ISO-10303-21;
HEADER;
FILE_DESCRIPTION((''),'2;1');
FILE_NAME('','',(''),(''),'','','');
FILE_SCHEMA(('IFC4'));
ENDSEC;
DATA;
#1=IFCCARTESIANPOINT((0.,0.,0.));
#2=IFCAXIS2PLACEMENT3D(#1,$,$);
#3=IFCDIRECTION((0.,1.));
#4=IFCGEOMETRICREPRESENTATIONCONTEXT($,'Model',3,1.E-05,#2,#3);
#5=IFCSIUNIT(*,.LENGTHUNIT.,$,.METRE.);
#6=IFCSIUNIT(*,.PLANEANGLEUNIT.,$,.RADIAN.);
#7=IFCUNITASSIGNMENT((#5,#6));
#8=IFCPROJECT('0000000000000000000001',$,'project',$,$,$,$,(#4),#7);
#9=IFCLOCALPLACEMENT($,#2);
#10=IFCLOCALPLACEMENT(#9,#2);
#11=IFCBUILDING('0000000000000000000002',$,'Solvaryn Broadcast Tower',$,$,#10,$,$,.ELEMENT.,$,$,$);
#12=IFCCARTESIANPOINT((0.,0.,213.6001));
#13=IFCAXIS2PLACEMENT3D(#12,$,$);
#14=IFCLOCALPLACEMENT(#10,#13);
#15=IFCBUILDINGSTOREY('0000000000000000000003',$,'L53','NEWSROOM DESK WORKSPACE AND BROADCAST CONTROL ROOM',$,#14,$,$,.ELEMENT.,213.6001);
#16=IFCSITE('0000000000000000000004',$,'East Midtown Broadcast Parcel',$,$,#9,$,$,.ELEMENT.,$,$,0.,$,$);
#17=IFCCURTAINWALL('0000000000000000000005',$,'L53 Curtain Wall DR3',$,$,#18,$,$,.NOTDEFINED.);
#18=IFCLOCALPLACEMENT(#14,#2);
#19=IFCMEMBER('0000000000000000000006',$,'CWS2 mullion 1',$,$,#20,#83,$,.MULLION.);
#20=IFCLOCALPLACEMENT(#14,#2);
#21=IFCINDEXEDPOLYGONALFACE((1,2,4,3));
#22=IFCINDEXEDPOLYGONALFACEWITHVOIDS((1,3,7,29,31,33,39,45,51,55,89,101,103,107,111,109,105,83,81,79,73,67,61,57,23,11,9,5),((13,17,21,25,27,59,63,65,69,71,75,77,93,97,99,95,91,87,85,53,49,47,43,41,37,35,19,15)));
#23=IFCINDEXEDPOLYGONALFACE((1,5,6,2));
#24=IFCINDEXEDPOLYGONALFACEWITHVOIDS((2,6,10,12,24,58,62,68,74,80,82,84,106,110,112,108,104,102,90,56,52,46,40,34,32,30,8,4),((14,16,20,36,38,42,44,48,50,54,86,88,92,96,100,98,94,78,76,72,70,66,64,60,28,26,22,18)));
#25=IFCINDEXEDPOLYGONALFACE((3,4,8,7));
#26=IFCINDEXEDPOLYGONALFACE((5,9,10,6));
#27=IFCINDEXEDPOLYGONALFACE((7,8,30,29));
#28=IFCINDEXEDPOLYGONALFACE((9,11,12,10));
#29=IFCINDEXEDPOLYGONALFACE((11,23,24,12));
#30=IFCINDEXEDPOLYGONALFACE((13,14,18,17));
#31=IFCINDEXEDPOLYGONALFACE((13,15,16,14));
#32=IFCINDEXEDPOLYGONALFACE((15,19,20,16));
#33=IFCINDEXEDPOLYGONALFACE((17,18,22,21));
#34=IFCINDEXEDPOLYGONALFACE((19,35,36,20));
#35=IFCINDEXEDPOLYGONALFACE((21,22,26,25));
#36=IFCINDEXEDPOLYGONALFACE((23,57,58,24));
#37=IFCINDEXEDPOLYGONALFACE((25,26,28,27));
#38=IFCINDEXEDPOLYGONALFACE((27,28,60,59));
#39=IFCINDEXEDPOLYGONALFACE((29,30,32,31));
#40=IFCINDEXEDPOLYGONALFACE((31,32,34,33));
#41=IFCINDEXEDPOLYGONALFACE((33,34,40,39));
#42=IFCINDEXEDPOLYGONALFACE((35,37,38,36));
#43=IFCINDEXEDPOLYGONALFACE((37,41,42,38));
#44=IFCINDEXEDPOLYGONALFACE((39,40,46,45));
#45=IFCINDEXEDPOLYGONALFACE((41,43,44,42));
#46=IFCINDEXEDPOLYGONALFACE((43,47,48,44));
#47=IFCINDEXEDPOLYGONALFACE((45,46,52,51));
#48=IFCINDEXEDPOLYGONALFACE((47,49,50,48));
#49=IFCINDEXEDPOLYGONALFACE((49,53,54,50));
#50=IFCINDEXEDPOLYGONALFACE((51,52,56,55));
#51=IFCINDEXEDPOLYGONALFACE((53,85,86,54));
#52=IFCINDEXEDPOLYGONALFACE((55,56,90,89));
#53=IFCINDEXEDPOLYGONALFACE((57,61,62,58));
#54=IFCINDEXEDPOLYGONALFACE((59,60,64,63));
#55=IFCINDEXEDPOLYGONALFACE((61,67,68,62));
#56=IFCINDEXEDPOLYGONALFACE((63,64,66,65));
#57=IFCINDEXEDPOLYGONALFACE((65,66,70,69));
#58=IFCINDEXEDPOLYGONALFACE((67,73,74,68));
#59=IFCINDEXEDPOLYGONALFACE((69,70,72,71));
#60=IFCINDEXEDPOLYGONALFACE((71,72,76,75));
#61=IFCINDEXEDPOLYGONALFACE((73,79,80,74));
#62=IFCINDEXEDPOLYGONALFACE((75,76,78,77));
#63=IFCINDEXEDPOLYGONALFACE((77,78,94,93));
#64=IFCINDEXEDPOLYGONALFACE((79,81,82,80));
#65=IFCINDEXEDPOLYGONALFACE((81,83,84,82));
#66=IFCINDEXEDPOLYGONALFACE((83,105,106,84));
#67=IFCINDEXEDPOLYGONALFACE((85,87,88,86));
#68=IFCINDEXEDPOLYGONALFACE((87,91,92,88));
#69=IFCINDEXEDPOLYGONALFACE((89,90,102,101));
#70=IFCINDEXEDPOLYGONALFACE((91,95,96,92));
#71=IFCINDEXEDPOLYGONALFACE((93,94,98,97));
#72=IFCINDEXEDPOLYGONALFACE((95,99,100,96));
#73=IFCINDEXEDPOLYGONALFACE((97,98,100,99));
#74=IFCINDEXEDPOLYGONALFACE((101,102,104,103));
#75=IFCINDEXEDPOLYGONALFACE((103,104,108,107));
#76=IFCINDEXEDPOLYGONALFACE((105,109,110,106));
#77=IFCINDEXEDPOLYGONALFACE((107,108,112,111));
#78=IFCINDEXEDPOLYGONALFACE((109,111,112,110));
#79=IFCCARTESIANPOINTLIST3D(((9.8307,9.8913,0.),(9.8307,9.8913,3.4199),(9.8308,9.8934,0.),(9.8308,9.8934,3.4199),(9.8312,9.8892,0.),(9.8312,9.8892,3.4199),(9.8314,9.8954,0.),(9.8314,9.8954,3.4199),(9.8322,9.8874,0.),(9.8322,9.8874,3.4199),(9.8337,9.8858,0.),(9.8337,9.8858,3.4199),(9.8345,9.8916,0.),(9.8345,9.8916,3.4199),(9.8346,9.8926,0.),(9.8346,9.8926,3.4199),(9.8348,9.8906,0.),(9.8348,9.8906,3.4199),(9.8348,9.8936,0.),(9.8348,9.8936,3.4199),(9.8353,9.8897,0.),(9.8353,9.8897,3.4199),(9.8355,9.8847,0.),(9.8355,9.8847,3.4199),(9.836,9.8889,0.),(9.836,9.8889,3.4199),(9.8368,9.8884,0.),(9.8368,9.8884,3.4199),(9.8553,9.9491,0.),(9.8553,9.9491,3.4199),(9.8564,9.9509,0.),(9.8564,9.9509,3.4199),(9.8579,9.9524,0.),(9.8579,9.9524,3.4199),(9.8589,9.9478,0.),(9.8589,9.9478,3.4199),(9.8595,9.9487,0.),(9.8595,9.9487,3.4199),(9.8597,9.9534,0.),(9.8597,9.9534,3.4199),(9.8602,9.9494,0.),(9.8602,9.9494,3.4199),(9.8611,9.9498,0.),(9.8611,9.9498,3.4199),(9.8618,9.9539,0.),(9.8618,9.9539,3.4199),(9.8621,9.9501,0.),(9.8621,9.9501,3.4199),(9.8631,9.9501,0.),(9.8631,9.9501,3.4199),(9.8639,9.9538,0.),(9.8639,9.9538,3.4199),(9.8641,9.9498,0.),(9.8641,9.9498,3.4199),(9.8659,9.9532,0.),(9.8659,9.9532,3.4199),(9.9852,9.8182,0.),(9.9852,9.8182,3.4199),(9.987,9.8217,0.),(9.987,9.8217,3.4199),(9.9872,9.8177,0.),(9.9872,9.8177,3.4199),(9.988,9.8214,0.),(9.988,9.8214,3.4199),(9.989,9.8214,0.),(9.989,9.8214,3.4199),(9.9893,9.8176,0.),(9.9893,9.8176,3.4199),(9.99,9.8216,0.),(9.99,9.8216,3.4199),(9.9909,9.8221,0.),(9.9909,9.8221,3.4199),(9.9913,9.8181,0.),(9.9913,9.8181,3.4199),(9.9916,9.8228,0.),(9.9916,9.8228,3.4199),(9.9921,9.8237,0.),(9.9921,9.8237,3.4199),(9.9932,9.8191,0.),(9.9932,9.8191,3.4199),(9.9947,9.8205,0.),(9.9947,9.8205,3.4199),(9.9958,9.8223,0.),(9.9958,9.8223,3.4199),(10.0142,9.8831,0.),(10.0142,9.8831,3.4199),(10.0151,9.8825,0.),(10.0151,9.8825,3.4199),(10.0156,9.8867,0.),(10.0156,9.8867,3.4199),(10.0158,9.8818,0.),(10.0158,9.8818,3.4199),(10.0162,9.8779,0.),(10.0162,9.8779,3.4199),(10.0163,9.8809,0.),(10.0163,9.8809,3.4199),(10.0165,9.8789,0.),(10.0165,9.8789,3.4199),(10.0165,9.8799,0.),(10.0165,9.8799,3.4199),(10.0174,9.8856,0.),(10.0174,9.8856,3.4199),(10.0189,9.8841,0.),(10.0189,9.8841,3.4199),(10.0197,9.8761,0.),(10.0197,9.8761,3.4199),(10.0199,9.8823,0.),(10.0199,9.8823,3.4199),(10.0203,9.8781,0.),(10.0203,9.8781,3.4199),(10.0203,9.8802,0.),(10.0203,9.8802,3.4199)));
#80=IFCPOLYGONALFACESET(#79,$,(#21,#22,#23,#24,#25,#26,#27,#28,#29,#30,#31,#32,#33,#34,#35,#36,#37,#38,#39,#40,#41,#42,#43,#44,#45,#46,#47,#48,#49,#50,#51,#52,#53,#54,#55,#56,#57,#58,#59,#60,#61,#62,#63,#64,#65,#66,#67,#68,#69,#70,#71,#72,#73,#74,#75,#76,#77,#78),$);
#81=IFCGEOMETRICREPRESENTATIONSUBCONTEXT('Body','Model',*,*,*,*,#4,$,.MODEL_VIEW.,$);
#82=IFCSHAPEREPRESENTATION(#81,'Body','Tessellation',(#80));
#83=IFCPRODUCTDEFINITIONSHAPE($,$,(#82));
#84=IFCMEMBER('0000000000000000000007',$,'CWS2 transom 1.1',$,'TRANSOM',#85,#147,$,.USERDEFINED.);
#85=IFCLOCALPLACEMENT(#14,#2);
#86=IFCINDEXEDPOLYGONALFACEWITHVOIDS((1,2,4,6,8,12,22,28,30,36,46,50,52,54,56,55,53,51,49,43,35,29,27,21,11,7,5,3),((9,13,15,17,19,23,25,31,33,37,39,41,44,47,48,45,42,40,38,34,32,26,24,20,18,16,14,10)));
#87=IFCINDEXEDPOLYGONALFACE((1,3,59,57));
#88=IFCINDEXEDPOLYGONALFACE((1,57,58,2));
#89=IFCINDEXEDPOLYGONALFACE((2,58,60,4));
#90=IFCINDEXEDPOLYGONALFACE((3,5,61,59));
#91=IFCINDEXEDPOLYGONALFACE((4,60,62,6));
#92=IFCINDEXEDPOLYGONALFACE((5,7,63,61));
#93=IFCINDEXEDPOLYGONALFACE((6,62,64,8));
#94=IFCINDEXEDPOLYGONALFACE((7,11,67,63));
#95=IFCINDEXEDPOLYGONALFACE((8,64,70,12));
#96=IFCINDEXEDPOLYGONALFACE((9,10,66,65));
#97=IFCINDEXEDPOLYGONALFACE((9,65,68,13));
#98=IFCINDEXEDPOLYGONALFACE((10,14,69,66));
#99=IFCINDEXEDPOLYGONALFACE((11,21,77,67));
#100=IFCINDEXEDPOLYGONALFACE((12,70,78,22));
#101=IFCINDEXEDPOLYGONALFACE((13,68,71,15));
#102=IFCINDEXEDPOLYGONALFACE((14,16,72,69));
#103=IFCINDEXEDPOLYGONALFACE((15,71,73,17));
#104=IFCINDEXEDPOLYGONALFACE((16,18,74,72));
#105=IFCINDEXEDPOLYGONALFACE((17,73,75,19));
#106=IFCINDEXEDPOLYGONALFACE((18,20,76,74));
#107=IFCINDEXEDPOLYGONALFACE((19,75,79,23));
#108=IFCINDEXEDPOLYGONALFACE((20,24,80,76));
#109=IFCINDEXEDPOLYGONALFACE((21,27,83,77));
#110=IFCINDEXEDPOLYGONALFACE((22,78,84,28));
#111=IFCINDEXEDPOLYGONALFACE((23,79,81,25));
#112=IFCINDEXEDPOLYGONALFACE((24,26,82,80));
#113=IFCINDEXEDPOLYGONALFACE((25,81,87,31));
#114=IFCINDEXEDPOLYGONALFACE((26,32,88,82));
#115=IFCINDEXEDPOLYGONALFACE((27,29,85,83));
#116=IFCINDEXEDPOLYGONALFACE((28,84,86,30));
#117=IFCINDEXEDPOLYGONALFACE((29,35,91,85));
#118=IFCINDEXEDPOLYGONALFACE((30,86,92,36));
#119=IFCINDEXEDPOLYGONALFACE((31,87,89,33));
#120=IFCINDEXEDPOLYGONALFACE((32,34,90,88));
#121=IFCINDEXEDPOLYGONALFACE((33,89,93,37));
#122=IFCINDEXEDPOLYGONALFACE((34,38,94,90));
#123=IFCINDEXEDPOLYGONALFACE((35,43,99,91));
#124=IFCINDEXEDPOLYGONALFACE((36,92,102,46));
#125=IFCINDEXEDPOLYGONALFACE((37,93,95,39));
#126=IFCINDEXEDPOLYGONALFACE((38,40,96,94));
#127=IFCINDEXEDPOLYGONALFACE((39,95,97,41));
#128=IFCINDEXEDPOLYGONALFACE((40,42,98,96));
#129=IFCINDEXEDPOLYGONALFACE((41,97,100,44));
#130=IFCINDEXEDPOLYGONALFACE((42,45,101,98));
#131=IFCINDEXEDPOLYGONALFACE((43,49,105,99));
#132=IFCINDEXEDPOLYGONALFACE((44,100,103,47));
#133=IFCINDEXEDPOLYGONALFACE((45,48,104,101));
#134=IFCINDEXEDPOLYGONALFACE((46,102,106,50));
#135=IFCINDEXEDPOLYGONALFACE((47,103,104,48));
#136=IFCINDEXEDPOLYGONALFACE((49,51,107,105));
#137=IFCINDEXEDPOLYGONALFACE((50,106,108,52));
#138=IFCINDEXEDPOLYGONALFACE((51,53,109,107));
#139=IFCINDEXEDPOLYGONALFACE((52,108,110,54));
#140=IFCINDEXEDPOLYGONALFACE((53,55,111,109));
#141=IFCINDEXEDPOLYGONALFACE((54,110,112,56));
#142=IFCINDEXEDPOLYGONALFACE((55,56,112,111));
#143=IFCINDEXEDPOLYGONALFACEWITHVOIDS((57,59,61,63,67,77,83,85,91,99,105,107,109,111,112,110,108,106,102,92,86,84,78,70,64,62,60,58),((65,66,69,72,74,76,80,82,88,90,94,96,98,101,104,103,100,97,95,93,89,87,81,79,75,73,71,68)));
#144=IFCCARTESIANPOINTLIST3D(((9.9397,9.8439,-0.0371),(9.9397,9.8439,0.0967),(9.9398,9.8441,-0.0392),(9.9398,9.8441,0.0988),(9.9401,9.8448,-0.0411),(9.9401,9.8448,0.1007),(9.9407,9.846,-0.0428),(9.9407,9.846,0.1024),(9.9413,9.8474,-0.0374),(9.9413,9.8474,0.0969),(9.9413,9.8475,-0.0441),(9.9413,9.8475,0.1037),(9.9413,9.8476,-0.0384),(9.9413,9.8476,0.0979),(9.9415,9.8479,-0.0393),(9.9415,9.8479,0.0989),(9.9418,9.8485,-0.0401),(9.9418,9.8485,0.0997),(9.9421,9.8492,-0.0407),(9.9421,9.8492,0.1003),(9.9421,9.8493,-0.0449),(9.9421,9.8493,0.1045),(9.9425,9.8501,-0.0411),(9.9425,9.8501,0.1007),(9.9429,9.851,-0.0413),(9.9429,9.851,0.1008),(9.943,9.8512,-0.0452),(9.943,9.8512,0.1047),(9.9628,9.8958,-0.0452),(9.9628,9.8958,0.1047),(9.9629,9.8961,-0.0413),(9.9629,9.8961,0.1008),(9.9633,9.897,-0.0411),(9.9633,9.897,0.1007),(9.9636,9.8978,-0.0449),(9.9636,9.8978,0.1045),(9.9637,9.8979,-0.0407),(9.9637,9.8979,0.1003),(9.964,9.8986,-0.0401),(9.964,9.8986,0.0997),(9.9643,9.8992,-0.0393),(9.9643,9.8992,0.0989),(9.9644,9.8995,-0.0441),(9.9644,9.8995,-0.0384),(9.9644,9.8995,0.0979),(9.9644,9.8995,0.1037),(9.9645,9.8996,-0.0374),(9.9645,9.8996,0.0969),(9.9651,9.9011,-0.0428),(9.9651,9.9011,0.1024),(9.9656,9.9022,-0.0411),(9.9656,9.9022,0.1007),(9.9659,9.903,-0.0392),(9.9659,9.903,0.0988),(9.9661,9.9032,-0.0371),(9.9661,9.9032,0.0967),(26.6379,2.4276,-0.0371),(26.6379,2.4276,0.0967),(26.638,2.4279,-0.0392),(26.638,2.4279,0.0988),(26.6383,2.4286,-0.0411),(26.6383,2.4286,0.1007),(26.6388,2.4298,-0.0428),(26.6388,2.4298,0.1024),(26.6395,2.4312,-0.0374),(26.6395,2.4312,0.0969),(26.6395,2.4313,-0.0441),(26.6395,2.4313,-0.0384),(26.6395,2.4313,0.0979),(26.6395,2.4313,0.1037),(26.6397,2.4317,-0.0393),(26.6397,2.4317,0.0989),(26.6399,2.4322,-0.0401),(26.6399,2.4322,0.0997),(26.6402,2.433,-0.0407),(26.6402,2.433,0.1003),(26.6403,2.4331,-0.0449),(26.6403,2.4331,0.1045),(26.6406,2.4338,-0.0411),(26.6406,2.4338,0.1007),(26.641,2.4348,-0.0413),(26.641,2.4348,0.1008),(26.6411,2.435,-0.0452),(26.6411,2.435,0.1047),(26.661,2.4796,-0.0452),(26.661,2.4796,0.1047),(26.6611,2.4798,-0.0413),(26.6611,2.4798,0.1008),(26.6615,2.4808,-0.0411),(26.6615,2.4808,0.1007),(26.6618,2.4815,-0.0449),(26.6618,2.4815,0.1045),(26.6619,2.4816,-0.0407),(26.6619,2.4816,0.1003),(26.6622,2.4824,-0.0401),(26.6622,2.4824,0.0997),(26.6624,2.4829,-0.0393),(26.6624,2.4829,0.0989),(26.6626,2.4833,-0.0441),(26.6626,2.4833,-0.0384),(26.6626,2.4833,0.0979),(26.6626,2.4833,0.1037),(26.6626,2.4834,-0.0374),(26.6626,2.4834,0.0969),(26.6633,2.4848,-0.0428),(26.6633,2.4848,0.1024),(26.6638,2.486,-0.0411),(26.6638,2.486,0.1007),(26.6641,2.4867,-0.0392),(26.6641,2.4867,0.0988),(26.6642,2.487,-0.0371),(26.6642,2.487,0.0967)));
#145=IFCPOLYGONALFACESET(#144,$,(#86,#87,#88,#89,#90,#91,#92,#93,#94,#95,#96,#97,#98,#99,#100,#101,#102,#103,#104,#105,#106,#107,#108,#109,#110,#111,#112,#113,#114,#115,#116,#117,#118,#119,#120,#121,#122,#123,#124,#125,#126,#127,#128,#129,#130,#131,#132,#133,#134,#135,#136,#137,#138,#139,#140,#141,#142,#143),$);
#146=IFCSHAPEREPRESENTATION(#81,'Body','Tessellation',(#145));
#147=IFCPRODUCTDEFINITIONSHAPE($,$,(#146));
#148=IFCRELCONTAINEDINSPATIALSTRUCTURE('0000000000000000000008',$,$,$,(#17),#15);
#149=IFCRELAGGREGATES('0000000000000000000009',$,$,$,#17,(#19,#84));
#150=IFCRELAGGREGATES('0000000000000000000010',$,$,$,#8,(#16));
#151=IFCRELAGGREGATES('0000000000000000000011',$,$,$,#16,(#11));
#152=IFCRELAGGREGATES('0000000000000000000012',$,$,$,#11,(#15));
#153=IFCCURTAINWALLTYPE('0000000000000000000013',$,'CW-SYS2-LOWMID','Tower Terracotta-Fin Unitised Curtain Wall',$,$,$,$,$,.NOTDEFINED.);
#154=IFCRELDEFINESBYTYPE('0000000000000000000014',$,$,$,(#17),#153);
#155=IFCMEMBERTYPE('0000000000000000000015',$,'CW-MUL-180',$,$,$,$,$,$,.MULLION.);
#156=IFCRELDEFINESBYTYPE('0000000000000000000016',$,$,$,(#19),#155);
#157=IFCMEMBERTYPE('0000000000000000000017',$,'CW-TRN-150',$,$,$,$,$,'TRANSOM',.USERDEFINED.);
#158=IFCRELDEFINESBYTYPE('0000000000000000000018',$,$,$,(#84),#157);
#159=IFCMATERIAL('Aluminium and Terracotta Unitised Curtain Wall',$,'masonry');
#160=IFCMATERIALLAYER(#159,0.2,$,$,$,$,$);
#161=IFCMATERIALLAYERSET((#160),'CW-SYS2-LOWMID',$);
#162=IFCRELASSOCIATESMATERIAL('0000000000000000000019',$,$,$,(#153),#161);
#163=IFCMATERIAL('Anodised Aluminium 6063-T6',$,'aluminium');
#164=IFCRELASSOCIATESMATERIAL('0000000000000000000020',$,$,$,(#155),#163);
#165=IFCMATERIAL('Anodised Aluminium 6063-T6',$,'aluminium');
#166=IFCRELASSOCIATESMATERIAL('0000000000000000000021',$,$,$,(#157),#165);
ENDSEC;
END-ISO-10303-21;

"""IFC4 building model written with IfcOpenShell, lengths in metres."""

from ifc_helpers import new_model, si_unit, direction, frame, origin, origin_2d, place, context, subcontext, project, spatial, hollow_rectangle, extrude, material, layer, layer_set, material_profile, profile_set, type_object, element, aggregate, save


model = new_model("IFC4")

# Units and contexts
model_context = context("Model", 3, precision=1e-05, world=origin(), true_north=direction((0.0, 1.0)))
body_context = subcontext(model_context, "Body", "Model", "MODEL_VIEW")
ifc_project = project(units=[si_unit("LENGTHUNIT", "METRE"), si_unit("PLANEANGLEUNIT", "RADIAN")], contexts=[model_context])

# Site, building, storey
site_placement = place(None, origin())
site = spatial("IfcSite", under=ifc_project, at=site_placement, Name="East Midtown Broadcast Parcel", CompositionType="ELEMENT", RefElevation=0.0)
building_placement = place(site_placement, origin())
building = spatial("IfcBuilding", under=site, at=building_placement, Name="Solvaryn Broadcast Tower", CompositionType="ELEMENT")
storey_placement = place(building_placement, frame((0.0, 0.0, 213.6001)))
storey = spatial("IfcBuildingStorey", under=building, at=storey_placement, Name="L53", Description="NEWSROOM DESK WORKSPACE AND BROADCAST CONTROL ROOM", CompositionType="ELEMENT", Elevation=213.6001)

# Curtain wall, members
ifc_material_1 = material(Name="Aluminium and Terracotta Unitised Curtain Wall", Category="masonry")
ifc_layer_1 = layer(ifc_material_1, 0.2)
ifc_layer_set_1 = layer_set([ifc_layer_1], Name="CW-SYS2-LOWMID")
curtain_wall_type = type_object("IfcCurtainWallType", Name="CW-SYS2-LOWMID", Description="Tower Terracotta-Fin Unitised Curtain Wall", PredefinedType="NOTDEFINED", material=ifc_layer_set_1)
curtain_wall_placement = place(storey_placement, origin())
curtain_wall = element("IfcCurtainWall", 1, at=curtain_wall_placement, inside=storey, type_object=curtain_wall_type, Name="L53 Curtain Wall DR3", PredefinedType="NOTDEFINED")
ifc_material_2 = material(Name="Anodised Aluminium 6063-T6", Category="aluminium")
ifc_material_profile_1 = material_profile(ifc_material_2, hollow_rectangle(XDim=0.075, YDim=0.1799, WallThickness=0.0039, InnerFilletRadius=0.0039, OuterFilletRadius=0.0081, at=origin_2d()))
ifc_profile_set_1 = profile_set([ifc_material_profile_1], Name="Anodised Aluminium 6063-T6")
member_type_1 = type_object("IfcMemberType", Name="CW-MUL-180", PredefinedType="MULLION", material=ifc_profile_set_1)
member_1_placement = place(storey_placement, frame((9.9255, 9.8857, 0.0), z_axis=(0.0, 0.0, 1.0), x_axis=(0.405901, 0.913917, 0.0)))
member_1 = element("IfcMember", 2, at=member_1_placement, type_object=member_type_1, Name="CWS2 mullion 1", PredefinedType="MULLION", context=body_context, shape_type="SweptSolid", body=[
    extrude(hollow_rectangle(XDim=0.075, YDim=0.1799, WallThickness=0.0039, InnerFilletRadius=0.0039, OuterFilletRadius=0.0081, at=origin_2d()), origin(), (0.0, 0.0, 1.0), 3.4199),
])
ifc_material_3 = material(Name="Anodised Aluminium 6063-T6", Category="aluminium")
ifc_material_profile_2 = material_profile(ifc_material_3, hollow_rectangle(XDim=0.0649, YDim=0.1499, WallThickness=0.0039, InnerFilletRadius=0.0039, OuterFilletRadius=0.0081, at=origin_2d()))
ifc_profile_set_2 = profile_set([ifc_material_profile_2], Name="Anodised Aluminium 6063-T6")
member_type_2 = type_object("IfcMemberType", Name="CW-TRN-150", ElementType="TRANSOM", PredefinedType="USERDEFINED", material=ifc_profile_set_2)
member_2_placement = place(storey_placement, frame((9.9529, 9.8735, 0.0298), z_axis=(0.913917, -0.405902, 0.0), x_axis=(0.405902, 0.913917, 0.0)))
member_2 = element("IfcMember", 3, at=member_2_placement, type_object=member_type_2, Name="CWS2 transom 1.1", ObjectType="TRANSOM", PredefinedType="USERDEFINED", context=body_context, shape_type="SweptSolid", body=[
    extrude(hollow_rectangle(XDim=0.0649, YDim=0.1499, WallThickness=0.0039, InnerFilletRadius=0.0039, OuterFilletRadius=0.0081, at=origin_2d()), origin(), (0.0, 0.0, 1.0), 18.271),
])
aggregate(curtain_wall, [member_1, member_2])

save(model, "model.ifc")
